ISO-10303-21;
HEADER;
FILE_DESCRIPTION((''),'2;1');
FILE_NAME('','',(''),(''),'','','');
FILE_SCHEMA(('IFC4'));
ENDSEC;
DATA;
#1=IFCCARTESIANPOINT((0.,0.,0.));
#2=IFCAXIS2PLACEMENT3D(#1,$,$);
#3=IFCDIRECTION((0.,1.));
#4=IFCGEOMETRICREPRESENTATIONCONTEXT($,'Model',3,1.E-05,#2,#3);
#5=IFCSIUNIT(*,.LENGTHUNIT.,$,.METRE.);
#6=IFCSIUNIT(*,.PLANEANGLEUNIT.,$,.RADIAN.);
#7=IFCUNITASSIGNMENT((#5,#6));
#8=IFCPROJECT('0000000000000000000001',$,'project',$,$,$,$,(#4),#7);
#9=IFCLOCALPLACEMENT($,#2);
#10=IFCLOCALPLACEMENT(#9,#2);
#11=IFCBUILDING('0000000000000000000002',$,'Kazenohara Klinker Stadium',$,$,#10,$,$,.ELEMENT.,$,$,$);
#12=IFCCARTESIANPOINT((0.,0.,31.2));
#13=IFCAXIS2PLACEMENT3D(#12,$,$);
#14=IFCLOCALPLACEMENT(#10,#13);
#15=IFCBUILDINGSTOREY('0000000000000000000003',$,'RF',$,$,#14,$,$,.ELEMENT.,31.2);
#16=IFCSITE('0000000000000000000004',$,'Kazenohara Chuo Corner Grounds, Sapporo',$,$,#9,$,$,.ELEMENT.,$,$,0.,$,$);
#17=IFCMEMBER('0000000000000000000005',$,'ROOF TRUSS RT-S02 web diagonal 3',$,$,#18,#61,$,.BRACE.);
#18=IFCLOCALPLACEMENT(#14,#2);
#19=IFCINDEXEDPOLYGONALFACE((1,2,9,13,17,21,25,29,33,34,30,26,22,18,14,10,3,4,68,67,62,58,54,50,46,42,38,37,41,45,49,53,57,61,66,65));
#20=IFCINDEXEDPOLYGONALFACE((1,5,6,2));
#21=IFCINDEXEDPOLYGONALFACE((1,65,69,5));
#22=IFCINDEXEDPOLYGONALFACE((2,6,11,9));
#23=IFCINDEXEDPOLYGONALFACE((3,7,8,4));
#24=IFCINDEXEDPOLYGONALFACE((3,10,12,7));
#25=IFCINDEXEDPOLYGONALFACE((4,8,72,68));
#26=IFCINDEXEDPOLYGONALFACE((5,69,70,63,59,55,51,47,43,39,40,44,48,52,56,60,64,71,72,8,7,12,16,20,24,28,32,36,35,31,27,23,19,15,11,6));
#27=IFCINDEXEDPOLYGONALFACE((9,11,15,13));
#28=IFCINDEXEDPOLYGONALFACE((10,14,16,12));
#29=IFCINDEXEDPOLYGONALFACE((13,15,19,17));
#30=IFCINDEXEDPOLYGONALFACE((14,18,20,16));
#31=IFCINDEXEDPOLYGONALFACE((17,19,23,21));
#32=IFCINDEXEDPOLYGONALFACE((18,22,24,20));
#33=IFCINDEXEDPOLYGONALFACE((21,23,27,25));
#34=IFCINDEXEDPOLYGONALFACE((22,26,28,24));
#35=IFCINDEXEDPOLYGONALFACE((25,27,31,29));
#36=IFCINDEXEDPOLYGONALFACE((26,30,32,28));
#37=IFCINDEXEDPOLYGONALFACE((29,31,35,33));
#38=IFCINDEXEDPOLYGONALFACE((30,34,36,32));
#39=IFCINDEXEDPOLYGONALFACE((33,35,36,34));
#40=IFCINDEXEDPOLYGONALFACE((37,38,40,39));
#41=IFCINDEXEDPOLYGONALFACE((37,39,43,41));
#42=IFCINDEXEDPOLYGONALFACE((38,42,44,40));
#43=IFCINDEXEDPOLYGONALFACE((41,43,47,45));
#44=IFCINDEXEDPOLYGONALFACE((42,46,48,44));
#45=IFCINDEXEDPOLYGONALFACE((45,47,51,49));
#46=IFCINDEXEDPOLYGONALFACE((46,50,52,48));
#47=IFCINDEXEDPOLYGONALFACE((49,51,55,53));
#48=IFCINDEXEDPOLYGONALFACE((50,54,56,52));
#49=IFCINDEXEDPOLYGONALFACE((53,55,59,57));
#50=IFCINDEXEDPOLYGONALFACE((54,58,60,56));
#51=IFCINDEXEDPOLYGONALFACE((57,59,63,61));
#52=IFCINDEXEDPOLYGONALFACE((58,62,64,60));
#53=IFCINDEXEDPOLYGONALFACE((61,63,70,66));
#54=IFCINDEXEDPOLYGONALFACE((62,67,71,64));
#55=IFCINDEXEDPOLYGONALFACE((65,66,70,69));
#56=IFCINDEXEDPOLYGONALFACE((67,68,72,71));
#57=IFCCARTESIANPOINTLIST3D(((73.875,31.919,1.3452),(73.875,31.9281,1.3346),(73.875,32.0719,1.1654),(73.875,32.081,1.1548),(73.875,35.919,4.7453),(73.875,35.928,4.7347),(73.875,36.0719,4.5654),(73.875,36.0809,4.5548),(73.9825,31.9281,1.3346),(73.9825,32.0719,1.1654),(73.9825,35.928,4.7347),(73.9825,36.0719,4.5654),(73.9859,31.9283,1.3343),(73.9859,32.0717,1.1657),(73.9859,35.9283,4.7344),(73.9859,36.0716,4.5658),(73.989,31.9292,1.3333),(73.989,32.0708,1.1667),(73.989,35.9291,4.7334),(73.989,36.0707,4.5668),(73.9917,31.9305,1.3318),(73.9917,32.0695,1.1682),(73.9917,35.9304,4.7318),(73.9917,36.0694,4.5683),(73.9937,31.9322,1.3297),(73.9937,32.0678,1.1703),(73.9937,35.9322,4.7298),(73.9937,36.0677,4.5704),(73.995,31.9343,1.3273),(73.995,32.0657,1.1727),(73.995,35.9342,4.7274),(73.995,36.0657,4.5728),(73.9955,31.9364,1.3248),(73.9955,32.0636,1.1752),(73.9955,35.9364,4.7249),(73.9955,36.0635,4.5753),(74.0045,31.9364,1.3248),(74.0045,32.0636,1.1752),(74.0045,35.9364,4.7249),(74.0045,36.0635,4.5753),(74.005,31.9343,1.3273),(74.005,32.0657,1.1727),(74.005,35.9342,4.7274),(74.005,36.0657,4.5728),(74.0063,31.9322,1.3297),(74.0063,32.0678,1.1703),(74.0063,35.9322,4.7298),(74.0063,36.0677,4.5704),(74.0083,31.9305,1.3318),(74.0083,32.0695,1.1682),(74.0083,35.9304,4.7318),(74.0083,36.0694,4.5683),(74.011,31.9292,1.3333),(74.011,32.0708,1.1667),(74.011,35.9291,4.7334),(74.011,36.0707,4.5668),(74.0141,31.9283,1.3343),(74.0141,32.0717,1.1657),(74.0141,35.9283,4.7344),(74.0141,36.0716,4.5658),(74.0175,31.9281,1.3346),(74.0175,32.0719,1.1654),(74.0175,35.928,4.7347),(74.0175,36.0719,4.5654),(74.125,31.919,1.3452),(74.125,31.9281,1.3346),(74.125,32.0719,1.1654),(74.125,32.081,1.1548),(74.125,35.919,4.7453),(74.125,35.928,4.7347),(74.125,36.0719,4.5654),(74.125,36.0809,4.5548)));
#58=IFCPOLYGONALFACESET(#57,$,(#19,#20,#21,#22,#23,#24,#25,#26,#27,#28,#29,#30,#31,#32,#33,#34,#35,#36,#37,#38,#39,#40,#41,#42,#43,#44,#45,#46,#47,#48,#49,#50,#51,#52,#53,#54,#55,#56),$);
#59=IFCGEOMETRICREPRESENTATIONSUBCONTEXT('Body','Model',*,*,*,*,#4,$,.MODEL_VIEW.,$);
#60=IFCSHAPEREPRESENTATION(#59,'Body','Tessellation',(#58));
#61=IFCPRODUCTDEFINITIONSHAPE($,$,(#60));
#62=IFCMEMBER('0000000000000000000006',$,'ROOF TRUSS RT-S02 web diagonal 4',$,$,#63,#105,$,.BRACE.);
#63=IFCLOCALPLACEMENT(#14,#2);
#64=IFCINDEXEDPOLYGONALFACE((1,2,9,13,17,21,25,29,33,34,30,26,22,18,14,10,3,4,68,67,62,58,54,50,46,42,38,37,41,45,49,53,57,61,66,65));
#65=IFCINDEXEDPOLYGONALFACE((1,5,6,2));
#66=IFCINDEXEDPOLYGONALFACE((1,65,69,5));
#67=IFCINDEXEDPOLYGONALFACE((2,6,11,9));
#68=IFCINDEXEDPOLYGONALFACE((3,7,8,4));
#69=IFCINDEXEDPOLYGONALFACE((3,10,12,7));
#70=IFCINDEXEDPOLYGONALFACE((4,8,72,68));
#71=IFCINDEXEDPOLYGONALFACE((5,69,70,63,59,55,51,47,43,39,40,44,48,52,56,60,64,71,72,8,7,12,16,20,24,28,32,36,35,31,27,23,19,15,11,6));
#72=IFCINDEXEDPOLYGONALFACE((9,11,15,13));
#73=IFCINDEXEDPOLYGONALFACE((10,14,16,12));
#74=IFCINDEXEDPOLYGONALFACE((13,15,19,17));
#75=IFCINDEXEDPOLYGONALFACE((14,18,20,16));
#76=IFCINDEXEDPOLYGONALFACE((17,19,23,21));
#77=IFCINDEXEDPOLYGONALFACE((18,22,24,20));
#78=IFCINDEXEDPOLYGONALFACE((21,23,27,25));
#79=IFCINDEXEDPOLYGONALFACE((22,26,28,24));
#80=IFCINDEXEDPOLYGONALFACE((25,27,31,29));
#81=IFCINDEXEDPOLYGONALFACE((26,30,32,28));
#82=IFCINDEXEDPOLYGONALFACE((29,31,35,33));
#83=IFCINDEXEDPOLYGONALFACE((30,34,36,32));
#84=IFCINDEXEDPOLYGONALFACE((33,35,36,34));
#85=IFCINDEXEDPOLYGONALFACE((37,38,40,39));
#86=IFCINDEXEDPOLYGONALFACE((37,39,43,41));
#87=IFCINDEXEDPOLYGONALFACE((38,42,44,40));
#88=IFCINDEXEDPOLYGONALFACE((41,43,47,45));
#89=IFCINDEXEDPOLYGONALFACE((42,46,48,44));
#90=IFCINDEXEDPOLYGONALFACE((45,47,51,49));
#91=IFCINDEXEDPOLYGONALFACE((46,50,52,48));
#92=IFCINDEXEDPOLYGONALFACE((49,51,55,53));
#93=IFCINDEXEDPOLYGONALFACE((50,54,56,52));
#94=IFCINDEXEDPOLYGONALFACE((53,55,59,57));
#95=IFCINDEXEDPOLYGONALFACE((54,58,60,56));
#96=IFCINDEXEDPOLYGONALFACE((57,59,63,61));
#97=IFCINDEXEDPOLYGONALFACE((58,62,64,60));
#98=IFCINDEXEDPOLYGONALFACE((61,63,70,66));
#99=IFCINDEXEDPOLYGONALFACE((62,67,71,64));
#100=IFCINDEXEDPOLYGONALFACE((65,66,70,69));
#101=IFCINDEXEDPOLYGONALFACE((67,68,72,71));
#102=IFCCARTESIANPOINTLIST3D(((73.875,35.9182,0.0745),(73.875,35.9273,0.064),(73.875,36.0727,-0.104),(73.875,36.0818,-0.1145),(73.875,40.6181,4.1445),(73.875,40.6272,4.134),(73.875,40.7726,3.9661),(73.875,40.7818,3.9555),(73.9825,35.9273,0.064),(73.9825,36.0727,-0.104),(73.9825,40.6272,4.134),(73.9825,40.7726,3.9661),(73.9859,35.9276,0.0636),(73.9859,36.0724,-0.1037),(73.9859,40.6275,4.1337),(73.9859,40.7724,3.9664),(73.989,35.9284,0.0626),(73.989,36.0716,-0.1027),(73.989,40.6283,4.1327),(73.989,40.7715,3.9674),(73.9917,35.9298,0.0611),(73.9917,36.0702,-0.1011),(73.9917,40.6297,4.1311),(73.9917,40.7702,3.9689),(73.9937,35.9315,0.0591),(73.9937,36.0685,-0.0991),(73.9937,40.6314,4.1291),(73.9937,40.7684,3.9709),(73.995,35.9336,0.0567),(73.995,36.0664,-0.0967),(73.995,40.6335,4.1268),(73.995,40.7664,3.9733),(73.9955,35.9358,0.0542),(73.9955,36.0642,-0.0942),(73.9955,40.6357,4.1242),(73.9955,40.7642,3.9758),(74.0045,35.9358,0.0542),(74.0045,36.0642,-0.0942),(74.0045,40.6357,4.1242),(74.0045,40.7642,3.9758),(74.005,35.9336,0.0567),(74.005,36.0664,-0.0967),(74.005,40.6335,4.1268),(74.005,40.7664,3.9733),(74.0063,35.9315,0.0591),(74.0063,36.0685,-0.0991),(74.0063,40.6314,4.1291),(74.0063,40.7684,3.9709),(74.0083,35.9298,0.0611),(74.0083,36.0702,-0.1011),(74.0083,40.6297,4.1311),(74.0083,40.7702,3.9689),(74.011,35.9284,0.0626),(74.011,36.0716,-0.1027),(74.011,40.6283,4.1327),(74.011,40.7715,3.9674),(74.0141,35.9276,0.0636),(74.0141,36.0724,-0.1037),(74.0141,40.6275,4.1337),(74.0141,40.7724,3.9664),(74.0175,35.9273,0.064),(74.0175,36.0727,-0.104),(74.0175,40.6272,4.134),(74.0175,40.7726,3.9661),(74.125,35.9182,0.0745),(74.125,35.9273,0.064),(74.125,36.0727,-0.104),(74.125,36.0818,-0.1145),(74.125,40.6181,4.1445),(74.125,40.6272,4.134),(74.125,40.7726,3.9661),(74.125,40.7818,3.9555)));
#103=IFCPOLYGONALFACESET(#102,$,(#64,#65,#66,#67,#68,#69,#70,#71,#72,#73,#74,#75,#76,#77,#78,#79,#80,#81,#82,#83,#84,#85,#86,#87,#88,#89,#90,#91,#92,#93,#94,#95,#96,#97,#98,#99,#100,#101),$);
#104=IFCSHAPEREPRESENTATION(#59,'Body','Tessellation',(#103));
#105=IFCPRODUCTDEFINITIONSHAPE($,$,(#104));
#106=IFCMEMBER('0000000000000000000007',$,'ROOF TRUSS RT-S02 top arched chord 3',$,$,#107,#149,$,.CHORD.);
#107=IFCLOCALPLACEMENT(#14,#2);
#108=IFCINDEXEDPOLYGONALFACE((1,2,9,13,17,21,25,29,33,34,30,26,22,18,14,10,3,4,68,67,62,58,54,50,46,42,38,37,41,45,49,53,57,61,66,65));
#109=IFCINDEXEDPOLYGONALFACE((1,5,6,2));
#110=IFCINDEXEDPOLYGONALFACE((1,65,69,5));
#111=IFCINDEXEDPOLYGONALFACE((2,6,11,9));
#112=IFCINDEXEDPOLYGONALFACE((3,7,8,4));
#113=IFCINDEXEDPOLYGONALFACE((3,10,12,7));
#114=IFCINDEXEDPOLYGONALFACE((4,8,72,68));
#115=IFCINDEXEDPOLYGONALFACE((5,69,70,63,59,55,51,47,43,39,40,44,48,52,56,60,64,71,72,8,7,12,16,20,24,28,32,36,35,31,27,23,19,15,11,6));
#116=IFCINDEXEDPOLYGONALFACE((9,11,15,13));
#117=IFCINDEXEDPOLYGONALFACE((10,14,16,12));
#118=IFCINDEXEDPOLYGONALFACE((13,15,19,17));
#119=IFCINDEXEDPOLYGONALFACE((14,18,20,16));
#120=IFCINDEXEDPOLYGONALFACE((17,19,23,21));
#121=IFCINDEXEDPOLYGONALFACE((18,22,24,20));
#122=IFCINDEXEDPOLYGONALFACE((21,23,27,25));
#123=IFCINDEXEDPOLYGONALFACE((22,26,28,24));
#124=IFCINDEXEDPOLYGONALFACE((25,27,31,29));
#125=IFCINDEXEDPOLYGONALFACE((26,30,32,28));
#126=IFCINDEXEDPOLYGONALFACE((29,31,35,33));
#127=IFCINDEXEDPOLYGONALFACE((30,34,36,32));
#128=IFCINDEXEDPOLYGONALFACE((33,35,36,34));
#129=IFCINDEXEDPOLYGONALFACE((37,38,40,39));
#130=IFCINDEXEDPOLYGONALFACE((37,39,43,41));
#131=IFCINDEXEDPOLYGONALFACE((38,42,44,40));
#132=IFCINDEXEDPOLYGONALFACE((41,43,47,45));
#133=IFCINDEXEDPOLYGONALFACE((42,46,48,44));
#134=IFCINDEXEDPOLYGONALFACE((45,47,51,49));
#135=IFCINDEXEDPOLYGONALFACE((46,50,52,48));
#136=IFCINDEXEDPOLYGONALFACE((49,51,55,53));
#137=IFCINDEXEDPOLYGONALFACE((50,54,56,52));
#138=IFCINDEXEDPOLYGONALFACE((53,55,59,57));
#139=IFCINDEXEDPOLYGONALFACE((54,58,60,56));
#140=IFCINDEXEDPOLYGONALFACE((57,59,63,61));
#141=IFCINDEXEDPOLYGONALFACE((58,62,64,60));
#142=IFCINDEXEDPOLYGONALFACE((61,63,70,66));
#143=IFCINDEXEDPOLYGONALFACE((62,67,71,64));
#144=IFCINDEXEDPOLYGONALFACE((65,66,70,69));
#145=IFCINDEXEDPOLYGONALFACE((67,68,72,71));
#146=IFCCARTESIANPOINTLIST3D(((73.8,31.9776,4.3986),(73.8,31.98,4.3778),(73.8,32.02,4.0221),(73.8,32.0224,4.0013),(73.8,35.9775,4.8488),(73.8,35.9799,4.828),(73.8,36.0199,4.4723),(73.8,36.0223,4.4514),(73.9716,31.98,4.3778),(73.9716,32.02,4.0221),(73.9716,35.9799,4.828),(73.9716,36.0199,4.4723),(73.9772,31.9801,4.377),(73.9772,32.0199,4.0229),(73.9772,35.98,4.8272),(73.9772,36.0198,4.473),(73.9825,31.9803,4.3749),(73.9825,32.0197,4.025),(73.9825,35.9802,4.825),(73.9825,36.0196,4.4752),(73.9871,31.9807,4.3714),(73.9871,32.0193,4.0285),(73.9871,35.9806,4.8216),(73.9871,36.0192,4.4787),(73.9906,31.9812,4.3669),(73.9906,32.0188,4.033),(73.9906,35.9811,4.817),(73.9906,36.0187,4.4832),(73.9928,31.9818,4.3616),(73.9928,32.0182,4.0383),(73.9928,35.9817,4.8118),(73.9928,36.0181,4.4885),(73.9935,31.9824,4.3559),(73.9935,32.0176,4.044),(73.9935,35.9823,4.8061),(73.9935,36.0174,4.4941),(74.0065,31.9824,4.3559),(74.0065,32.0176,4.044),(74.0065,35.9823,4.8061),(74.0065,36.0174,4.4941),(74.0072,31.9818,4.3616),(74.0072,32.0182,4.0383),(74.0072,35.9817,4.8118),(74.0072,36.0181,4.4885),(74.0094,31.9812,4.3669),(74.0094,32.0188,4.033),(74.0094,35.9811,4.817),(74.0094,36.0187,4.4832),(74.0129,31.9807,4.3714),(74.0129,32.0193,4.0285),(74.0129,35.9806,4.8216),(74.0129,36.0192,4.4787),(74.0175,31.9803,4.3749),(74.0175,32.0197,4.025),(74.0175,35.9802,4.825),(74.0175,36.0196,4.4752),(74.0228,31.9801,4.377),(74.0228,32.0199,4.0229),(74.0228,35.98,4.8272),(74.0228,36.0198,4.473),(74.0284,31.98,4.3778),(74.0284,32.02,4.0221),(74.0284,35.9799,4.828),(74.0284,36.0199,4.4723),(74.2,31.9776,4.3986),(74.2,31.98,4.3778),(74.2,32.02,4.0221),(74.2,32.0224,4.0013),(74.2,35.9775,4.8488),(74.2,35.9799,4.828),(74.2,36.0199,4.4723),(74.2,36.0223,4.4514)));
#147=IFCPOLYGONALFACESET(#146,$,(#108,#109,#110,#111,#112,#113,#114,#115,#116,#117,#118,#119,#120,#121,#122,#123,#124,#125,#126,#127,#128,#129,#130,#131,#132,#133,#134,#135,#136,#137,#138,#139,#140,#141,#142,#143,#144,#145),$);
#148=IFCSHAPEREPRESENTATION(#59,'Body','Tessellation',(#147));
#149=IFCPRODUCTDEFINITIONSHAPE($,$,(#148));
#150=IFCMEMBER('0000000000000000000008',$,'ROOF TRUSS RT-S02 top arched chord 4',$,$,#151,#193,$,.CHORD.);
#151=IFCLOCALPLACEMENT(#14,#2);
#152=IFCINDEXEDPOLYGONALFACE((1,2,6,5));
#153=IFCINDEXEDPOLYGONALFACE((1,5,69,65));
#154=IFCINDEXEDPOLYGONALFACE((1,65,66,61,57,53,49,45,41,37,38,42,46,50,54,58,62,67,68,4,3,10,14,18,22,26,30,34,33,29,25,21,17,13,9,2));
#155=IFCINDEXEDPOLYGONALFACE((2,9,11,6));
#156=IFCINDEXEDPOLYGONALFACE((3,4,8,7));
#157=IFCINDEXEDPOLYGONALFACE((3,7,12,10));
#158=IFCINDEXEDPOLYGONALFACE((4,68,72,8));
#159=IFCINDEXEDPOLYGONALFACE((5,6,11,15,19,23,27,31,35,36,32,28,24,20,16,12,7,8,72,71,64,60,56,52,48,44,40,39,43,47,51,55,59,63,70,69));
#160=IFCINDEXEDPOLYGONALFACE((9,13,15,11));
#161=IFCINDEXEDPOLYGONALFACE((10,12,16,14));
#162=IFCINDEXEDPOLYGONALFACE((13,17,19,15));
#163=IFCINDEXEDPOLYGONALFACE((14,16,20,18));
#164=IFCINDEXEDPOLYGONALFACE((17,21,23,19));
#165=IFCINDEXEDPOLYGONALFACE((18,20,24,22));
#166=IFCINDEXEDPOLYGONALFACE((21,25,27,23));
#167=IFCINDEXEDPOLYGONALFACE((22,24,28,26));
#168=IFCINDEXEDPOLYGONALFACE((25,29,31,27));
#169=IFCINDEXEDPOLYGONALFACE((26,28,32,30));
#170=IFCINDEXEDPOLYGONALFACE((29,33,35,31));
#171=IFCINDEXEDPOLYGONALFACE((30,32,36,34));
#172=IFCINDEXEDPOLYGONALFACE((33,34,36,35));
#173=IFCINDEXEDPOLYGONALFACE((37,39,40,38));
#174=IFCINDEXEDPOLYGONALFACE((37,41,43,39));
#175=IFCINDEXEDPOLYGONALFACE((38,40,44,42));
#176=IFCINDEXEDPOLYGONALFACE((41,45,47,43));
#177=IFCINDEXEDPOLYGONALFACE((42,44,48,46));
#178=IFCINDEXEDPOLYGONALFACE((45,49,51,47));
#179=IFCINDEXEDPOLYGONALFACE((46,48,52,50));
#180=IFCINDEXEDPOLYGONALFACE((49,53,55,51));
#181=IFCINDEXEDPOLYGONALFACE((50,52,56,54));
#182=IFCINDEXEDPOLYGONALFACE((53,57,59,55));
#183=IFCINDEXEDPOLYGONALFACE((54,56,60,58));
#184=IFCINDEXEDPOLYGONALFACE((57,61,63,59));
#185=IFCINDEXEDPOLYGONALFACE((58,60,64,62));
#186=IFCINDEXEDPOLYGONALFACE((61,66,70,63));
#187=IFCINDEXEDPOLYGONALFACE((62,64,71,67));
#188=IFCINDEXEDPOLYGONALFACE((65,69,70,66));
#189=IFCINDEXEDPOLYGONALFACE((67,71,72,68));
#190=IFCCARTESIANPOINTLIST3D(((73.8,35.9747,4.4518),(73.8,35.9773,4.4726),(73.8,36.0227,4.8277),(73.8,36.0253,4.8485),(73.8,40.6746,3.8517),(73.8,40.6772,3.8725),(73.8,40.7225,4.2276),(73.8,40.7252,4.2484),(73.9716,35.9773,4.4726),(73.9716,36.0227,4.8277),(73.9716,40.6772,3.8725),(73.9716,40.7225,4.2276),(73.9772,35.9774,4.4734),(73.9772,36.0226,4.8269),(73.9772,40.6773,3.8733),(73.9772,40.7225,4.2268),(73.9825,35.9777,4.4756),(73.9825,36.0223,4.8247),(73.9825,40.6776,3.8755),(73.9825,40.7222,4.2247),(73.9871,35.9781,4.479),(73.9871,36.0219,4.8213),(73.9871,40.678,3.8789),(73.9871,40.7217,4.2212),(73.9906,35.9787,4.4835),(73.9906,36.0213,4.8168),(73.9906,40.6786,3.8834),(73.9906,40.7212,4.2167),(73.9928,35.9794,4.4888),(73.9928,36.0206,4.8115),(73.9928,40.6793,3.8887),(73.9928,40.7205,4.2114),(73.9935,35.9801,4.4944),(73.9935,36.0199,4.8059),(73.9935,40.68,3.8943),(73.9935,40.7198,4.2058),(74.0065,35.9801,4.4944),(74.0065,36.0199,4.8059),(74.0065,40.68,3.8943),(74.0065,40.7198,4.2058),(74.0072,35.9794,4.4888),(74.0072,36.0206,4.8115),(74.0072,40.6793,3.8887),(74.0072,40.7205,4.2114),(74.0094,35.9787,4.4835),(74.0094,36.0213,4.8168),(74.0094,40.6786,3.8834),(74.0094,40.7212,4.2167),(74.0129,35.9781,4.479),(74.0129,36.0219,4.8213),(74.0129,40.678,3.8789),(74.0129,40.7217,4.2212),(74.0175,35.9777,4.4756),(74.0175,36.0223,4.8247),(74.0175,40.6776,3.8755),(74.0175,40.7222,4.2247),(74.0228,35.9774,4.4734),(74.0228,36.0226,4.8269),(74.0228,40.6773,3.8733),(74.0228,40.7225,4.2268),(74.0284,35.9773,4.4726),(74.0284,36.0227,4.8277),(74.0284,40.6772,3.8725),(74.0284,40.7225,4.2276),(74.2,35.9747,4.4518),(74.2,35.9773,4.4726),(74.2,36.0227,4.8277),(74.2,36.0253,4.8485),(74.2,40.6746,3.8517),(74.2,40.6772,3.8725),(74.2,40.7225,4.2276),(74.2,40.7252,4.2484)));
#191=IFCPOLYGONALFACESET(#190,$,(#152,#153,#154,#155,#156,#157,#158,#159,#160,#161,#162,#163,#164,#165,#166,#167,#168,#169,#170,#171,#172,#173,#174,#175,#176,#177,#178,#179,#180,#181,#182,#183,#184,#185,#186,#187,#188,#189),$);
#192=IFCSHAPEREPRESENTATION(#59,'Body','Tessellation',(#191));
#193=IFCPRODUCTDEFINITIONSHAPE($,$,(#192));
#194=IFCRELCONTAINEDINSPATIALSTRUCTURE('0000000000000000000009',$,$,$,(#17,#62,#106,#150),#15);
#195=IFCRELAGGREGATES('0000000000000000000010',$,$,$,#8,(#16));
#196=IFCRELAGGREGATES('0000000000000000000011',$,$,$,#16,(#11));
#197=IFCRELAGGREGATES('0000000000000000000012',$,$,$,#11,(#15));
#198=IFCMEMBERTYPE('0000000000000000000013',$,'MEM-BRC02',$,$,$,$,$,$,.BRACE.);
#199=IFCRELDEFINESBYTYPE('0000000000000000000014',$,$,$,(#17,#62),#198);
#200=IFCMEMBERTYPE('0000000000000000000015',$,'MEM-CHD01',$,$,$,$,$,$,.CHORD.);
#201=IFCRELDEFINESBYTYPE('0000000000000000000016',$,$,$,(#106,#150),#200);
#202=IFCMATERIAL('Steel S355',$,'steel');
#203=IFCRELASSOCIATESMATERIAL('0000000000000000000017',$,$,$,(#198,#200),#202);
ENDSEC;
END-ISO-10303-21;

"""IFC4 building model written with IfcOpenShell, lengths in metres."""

from ifc_helpers import new_model, si_unit, direction, frame, origin, origin_2d, place, context, subcontext, project, spatial, i_section, extrude, material, material_profile, profile_set, type_object, element, save


model = new_model("IFC4")

# Units and contexts
model_context = context("Model", 3, precision=1e-05, world=origin(), true_north=direction((0.0, 1.0)))
body_context = subcontext(model_context, "Body", "Model", "MODEL_VIEW")
ifc_project = project(units=[si_unit("LENGTHUNIT", "METRE"), si_unit("PLANEANGLEUNIT", "RADIAN")], contexts=[model_context])

# Site, building, storey
site_placement = place(None, origin())
site = spatial("IfcSite", under=ifc_project, at=site_placement, Name="Kazenohara Chuo Corner Grounds, Sapporo", CompositionType="ELEMENT", RefElevation=0.0)
building_placement = place(site_placement, origin())
building = spatial("IfcBuilding", under=site, at=building_placement, Name="Kazenohara Klinker Stadium", CompositionType="ELEMENT")
storey_placement = place(building_placement, frame((0.0, 0.0, 31.2)))
storey = spatial("IfcBuildingStorey", under=building, at=storey_placement, Name="RF", CompositionType="ELEMENT", Elevation=31.2)

# Members
ifc_material_1 = material(Name="Steel S355", Category="steel")
ifc_material_profile_1 = material_profile(ifc_material_1, i_section(OverallWidth=0.25, OverallDepth=0.25, WebThickness=0.009, FlangeThickness=0.0139, FilletRadius=0.0129, at=origin_2d()), Name="H-250x250x9x14")
ifc_profile_set_1 = profile_set([ifc_material_profile_1], Name="Steel S355")
member_type_1 = type_object("IfcMemberType", Name="MEM-BRC02", PredefinedType="BRACE", material=ifc_profile_set_1)
member_1_placement = place(storey_placement, frame((74.0, 32.0, 1.25), z_axis=(0.0, 0.761926, 0.647665), x_axis=(-1.0, 0.0, 0.0)))
element("IfcMember", 1, at=member_1_placement, inside=storey, type_object=member_type_1, Name="ROOF TRUSS RT-S02 web diagonal 3", PredefinedType="BRACE", context=body_context, shape_type="SweptSolid", body=[
    extrude(i_section(OverallWidth=0.25, OverallDepth=0.25, WebThickness=0.009, FlangeThickness=0.0139, FilletRadius=0.0129, at=origin_2d()), origin(), (0.0, 0.0, 1.0), 5.2498),
])
member_2_placement = place(storey_placement, frame((74.0, 36.0, -0.02), z_axis=(0.0, 0.755946, 0.654634), x_axis=(-1.0, 0.0, 0.0)))
element("IfcMember", 2, at=member_2_placement, inside=storey, type_object=member_type_1, Name="ROOF TRUSS RT-S02 web diagonal 4", PredefinedType="BRACE", context=body_context, shape_type="SweptSolid", body=[
    extrude(i_section(OverallWidth=0.25, OverallDepth=0.25, WebThickness=0.009, FlangeThickness=0.0139, FilletRadius=0.0129, at=origin_2d()), origin(), (0.0, 0.0, 1.0), 6.2173),
])
ifc_material_profile_2 = material_profile(ifc_material_1, i_section(OverallWidth=0.3999, OverallDepth=0.3999, WebThickness=0.0129, FlangeThickness=0.021, FilletRadius=0.022, at=origin_2d()), Name="H-400x400x13x21")
ifc_profile_set_2 = profile_set([ifc_material_profile_2], Name="Steel S355")
member_type_2 = type_object("IfcMemberType", Name="MEM-CHD01", PredefinedType="CHORD", material=ifc_profile_set_2)
member_3_placement = place(storey_placement, frame((74.0, 32.0, 4.2), z_axis=(0.0, 0.993726, 0.111843), x_axis=(-1.0, 0.0, 0.0)))
element("IfcMember", 3, at=member_3_placement, inside=storey, type_object=member_type_2, Name="ROOF TRUSS RT-S02 top arched chord 3", PredefinedType="CHORD", context=body_context, shape_type="SweptSolid", body=[
    extrude(i_section(OverallWidth=0.3999, OverallDepth=0.3999, WebThickness=0.0129, FlangeThickness=0.021, FilletRadius=0.022, at=origin_2d()), origin(), (0.0, 0.0, 1.0), 4.0251),
])
member_4_placement = place(storey_placement, frame((74.0, 36.0, 4.6501), z_axis=(0.0, 0.991947, -0.126653), x_axis=(-1.0, 0.0, 0.0)))
element("IfcMember", 4, at=member_4_placement, inside=storey, type_object=member_type_2, Name="ROOF TRUSS RT-S02 top arched chord 4", PredefinedType="CHORD", context=body_context, shape_type="SweptSolid", body=[
    extrude(i_section(OverallWidth=0.3999, OverallDepth=0.3999, WebThickness=0.0129, FlangeThickness=0.021, FilletRadius=0.022, at=origin_2d()), origin(), (0.0, 0.0, 1.0), 4.738),
])

save(model, "model.ifc")
